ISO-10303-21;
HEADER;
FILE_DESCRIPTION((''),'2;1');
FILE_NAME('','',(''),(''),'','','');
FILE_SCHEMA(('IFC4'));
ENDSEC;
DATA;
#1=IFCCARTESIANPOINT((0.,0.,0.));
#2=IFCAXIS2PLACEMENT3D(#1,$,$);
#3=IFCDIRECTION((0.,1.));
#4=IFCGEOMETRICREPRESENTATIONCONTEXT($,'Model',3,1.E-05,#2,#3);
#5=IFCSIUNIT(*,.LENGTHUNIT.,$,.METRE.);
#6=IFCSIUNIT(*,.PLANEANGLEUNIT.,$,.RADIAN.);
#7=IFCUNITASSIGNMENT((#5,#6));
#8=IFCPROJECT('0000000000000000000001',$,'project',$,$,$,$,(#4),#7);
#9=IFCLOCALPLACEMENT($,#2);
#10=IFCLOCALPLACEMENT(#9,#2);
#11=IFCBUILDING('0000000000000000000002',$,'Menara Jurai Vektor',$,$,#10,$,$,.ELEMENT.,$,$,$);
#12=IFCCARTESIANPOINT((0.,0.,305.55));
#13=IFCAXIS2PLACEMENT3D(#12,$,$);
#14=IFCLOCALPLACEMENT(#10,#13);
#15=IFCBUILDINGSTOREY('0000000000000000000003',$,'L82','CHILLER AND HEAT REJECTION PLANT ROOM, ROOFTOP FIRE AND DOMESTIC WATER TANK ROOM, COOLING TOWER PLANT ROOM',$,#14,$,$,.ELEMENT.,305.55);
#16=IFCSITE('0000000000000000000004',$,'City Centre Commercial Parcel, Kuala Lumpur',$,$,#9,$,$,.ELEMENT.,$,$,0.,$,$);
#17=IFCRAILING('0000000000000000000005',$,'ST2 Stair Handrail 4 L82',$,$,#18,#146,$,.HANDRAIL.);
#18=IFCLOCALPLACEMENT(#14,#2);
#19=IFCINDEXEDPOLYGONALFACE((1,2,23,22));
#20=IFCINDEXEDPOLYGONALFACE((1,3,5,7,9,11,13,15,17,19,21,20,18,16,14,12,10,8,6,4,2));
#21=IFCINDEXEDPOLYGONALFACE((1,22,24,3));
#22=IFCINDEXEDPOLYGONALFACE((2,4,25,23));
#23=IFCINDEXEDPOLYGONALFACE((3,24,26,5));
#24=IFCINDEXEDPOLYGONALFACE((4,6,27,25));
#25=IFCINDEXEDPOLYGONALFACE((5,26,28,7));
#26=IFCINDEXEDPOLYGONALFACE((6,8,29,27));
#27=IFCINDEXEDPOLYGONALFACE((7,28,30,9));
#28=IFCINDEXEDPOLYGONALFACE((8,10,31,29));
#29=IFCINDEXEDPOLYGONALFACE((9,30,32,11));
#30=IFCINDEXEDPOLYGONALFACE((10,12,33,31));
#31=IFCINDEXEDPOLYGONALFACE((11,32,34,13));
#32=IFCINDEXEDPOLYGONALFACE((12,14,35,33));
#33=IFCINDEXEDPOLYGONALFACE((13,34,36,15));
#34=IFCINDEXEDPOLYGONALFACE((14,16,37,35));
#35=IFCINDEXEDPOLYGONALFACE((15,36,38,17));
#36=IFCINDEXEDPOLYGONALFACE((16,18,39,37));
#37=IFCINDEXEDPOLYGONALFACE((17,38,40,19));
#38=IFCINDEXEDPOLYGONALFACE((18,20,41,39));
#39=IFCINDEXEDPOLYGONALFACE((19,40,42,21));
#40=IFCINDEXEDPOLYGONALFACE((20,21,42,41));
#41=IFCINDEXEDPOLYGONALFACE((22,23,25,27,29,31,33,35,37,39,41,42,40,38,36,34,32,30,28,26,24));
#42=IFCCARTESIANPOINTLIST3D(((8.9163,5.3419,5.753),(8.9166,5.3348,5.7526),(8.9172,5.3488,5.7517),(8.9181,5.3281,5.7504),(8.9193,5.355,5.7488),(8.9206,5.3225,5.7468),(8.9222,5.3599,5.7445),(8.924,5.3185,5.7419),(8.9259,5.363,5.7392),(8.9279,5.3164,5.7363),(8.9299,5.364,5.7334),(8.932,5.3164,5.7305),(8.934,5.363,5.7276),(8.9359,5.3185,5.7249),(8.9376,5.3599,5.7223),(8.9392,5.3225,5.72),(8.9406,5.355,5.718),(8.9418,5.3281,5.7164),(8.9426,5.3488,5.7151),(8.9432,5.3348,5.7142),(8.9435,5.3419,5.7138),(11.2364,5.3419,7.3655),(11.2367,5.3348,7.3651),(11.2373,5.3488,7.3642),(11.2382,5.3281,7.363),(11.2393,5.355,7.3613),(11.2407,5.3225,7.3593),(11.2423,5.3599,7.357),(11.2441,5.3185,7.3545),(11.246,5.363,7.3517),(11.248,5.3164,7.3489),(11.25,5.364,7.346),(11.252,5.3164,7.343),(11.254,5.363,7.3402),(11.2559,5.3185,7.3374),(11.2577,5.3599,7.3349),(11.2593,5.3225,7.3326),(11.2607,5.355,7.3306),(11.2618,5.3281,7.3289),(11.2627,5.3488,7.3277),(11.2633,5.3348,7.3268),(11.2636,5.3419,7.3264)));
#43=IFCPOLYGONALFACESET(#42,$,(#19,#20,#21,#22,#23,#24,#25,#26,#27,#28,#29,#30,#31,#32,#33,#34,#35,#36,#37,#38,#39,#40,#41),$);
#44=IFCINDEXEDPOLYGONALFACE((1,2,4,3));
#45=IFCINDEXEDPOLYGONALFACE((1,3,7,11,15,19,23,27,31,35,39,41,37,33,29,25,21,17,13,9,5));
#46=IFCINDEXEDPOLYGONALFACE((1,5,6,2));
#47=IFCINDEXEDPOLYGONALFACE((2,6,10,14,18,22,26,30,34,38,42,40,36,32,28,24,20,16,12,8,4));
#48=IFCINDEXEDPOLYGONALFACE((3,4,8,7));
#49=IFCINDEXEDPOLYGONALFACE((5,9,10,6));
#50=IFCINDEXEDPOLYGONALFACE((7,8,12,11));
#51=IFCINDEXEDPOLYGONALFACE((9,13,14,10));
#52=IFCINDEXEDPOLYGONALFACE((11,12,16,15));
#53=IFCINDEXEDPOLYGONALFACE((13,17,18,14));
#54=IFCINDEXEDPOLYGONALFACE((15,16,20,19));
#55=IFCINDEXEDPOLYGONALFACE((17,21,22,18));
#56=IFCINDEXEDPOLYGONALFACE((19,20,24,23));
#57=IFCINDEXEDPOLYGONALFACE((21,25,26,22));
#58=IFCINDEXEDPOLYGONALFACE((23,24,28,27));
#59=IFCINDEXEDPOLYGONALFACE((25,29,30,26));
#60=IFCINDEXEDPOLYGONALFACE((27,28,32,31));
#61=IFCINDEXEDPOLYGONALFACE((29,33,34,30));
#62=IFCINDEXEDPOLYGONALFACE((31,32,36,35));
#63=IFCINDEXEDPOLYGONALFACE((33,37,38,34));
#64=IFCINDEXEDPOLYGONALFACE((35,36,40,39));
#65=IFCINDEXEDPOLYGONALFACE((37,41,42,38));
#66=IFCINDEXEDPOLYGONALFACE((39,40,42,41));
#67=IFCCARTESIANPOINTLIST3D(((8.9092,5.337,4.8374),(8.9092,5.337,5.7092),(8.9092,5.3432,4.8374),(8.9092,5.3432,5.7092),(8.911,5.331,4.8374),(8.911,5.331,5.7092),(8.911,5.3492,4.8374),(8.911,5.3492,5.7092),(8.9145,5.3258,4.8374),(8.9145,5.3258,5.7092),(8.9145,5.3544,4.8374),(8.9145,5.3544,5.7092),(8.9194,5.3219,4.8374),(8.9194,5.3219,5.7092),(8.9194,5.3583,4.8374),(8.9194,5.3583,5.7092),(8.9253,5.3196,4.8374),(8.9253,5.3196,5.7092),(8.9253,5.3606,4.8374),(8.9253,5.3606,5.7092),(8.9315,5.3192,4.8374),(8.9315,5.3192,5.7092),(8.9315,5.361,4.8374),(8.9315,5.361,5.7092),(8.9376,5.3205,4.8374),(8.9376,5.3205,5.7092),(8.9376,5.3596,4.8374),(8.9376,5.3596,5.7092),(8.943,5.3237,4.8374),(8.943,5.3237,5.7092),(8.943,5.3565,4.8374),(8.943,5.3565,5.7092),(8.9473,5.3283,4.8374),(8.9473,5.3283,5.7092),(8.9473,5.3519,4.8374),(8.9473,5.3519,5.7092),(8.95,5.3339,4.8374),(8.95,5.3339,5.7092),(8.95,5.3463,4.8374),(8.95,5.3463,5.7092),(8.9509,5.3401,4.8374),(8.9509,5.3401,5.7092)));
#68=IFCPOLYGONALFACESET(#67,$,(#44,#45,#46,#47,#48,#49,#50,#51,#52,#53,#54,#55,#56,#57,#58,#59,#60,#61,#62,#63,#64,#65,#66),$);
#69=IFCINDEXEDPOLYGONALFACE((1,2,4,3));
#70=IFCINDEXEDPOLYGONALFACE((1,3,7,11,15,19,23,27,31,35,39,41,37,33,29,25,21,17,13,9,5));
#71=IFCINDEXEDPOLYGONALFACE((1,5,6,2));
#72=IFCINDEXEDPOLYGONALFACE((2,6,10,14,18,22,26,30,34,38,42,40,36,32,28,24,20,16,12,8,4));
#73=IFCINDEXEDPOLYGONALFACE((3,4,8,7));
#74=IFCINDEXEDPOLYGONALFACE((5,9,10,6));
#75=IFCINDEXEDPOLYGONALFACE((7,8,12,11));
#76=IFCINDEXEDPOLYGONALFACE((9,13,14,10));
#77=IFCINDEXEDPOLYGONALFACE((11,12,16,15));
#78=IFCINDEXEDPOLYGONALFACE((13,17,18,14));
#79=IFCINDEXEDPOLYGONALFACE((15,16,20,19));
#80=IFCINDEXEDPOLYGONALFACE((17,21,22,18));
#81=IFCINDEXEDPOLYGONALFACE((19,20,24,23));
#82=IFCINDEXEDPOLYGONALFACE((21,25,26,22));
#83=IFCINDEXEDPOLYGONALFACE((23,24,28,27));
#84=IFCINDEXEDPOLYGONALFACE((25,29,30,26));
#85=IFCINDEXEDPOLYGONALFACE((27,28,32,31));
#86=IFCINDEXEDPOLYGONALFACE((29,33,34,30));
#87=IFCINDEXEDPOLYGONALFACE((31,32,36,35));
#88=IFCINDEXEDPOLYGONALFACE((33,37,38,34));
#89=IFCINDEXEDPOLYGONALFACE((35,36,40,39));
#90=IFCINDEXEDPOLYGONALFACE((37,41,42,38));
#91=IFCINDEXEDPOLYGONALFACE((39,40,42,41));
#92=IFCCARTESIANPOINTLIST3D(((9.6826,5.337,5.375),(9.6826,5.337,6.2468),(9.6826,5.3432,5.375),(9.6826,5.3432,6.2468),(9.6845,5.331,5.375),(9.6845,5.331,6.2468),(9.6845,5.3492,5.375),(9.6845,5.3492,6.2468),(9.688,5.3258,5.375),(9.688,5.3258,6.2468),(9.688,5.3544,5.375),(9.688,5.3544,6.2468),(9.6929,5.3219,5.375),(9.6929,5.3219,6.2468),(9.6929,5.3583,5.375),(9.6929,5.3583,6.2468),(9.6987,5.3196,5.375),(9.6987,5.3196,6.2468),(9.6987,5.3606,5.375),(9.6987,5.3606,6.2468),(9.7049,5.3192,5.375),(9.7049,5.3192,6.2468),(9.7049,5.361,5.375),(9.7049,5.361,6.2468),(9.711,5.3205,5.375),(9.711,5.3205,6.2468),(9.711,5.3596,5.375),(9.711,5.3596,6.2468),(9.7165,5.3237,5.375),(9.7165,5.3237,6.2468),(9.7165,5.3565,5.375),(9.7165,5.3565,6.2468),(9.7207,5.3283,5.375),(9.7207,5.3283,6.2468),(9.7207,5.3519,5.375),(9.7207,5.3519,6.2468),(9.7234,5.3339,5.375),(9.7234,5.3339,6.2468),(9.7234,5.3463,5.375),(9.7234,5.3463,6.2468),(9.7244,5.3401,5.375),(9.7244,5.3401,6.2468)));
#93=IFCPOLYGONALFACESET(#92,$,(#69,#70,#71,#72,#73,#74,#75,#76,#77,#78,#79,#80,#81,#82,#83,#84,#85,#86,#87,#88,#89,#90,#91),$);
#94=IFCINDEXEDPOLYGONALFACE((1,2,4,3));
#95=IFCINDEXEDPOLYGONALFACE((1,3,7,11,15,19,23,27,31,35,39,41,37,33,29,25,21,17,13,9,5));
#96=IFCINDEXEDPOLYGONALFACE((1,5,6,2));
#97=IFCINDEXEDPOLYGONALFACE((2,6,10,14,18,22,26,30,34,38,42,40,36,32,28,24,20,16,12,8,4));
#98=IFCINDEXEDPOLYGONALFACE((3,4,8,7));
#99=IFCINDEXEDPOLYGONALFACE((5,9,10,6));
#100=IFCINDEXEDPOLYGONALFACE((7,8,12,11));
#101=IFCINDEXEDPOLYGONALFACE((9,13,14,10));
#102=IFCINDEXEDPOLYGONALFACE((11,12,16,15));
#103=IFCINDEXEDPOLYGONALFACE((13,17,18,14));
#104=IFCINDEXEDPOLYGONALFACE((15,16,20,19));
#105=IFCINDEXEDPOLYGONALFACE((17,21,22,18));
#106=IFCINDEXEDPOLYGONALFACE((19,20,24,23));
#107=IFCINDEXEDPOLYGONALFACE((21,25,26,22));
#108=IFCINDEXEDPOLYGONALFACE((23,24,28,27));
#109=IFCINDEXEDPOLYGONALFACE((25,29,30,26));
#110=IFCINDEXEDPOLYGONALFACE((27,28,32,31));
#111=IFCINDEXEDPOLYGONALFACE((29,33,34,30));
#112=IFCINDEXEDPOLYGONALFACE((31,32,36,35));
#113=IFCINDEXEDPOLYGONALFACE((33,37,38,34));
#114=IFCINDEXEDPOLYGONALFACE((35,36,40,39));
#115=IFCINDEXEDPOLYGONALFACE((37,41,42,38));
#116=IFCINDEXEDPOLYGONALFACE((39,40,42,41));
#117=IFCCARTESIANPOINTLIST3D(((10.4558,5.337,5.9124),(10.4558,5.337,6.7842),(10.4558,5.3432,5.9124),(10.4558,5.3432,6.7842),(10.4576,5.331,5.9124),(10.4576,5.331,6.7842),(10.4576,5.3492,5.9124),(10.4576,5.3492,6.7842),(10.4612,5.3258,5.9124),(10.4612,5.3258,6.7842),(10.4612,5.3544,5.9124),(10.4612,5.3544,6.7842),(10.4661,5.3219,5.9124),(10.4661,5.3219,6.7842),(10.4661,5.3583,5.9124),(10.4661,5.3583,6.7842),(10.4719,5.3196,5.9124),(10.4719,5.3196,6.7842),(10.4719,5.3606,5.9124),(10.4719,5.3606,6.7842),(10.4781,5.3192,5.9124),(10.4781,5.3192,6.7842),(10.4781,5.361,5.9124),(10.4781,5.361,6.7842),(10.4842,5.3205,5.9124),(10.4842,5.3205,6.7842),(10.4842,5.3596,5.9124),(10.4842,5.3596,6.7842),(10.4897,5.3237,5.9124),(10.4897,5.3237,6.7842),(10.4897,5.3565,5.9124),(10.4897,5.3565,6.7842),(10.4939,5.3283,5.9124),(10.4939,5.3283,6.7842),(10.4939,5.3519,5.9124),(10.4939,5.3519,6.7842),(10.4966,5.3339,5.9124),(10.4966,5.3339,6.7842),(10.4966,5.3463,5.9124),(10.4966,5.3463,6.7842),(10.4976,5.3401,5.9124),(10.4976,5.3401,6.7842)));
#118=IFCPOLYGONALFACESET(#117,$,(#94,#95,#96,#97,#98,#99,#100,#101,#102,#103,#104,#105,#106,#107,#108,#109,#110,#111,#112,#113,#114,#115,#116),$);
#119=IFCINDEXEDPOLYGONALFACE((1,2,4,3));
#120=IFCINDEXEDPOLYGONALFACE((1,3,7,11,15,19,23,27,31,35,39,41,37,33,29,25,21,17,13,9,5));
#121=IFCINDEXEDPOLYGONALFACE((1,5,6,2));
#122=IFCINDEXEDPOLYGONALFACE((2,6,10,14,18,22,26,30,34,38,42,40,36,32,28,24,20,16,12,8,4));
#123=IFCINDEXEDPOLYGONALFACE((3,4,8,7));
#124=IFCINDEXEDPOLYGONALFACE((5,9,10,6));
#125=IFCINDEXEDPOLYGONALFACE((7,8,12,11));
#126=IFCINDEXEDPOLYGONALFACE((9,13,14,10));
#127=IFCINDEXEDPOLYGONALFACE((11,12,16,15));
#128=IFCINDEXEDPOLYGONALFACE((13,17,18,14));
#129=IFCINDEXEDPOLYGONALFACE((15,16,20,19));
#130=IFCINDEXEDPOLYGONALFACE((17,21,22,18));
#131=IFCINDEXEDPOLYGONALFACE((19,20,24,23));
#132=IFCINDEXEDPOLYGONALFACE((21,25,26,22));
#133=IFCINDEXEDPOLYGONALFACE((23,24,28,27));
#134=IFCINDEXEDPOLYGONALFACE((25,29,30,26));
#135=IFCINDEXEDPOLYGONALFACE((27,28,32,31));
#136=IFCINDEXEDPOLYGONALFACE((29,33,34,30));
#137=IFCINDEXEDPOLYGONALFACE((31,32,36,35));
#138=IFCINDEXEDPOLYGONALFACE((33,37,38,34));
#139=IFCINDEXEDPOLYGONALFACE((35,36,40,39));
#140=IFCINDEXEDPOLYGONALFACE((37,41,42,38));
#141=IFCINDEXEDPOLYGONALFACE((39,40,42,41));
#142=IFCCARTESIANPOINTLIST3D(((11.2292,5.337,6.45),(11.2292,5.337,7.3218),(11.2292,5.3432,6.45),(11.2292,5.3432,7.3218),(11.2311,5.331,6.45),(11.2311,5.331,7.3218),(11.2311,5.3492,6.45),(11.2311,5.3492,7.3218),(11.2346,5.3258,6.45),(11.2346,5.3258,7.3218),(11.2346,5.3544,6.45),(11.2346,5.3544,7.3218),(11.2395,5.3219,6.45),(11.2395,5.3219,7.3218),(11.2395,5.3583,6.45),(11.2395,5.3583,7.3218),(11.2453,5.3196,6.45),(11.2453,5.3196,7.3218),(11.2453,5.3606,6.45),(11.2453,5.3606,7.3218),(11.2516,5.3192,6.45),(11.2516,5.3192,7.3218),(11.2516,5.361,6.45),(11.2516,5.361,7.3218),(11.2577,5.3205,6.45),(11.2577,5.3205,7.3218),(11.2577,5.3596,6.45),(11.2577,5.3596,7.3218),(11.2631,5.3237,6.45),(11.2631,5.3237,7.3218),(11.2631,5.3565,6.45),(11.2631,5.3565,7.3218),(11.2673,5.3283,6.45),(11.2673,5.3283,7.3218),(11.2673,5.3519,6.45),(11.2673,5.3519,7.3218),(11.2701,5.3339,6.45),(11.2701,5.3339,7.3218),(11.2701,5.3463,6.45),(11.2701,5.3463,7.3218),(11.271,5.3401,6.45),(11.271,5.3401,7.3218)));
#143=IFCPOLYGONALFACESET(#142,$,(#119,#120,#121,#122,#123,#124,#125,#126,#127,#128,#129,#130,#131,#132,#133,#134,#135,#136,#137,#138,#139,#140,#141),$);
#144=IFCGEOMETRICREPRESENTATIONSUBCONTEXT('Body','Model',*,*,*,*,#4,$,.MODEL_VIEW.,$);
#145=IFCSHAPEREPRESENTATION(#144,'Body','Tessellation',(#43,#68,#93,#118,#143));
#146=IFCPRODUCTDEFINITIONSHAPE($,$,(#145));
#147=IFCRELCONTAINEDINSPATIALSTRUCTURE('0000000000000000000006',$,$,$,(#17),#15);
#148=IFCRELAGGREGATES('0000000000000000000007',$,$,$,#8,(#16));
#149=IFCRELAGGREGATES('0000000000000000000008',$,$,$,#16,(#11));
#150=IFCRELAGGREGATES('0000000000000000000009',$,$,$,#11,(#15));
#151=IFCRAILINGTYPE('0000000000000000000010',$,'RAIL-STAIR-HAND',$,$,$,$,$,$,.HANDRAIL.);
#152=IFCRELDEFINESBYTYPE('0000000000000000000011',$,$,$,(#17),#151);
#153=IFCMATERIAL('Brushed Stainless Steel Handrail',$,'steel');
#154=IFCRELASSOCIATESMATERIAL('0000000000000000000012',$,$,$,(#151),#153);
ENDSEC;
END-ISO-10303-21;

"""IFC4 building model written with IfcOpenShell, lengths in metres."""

from ifc_helpers import new_model, si_unit, direction, frame, origin, origin_2d, place, context, subcontext, project, spatial, circle, extrude, material, type_object, element, save


model = new_model("IFC4")

# Units and contexts
model_context = context("Model", 3, precision=1e-05, world=origin(), true_north=direction((0.0, 1.0)))
body_context = subcontext(model_context, "Body", "Model", "MODEL_VIEW")
ifc_project = project(units=[si_unit("LENGTHUNIT", "METRE"), si_unit("PLANEANGLEUNIT", "RADIAN")], contexts=[model_context])

# Site, building, storey
site_placement = place(None, origin())
site = spatial("IfcSite", under=ifc_project, at=site_placement, Name="City Centre Commercial Parcel, Kuala Lumpur", CompositionType="ELEMENT", RefElevation=0.0)
building_placement = place(site_placement, origin())
building = spatial("IfcBuilding", under=site, at=building_placement, Name="Menara Jurai Vektor", CompositionType="ELEMENT")
storey_placement = place(building_placement, frame((0.0, 0.0, 305.55)))
storey = spatial("IfcBuildingStorey", under=building, at=storey_placement, Name="L82", Description="CHILLER AND HEAT REJECTION PLANT ROOM, ROOFTOP FIRE AND DOMESTIC WATER TANK ROOM, COOLING TOWER PLANT ROOM", CompositionType="ELEMENT", Elevation=305.55)

# Railing
ifc_material_1 = material(Name="Brushed Stainless Steel Handrail", Category="steel")
railing_type = type_object("IfcRailingType", Name="RAIL-STAIR-HAND", PredefinedType="HANDRAIL", material=ifc_material_1)
railing_1_placement = place(storey_placement, frame((8.9299, 5.3401, 4.8374)))
element("IfcRailing", 1, at=railing_1_placement, inside=storey, type_object=railing_type, Name="ST2 Stair Handrail 4 L82", PredefinedType="HANDRAIL", context=body_context, shape_type="SweptSolid", body=[
    extrude(circle(Radius=0.0239, at=origin_2d()), frame((0.0, 0.0, 0.896), z_axis=(0.821139, 0.0, 0.570728), x_axis=(0.0, 1.0, 0.0)), (0.0, 0.0, 1.0), 2.8254),
    extrude(circle(Radius=0.021, at=origin_2d()), origin(), (0.0, 0.0, 1.0), 0.8718),
    extrude(circle(Radius=0.021, at=origin_2d()), frame((0.7734, 0.0, 0.5376)), (0.0, 0.0, 1.0), 0.8718),
    extrude(circle(Radius=0.021, at=origin_2d()), frame((1.5466, 0.0, 1.075)), (0.0, 0.0, 1.0), 0.8718),
    extrude(circle(Radius=0.021, at=origin_2d()), frame((2.3201, 0.0, 1.6125)), (0.0, 0.0, 1.0), 0.8718),
])

save(model, "model.ifc")
